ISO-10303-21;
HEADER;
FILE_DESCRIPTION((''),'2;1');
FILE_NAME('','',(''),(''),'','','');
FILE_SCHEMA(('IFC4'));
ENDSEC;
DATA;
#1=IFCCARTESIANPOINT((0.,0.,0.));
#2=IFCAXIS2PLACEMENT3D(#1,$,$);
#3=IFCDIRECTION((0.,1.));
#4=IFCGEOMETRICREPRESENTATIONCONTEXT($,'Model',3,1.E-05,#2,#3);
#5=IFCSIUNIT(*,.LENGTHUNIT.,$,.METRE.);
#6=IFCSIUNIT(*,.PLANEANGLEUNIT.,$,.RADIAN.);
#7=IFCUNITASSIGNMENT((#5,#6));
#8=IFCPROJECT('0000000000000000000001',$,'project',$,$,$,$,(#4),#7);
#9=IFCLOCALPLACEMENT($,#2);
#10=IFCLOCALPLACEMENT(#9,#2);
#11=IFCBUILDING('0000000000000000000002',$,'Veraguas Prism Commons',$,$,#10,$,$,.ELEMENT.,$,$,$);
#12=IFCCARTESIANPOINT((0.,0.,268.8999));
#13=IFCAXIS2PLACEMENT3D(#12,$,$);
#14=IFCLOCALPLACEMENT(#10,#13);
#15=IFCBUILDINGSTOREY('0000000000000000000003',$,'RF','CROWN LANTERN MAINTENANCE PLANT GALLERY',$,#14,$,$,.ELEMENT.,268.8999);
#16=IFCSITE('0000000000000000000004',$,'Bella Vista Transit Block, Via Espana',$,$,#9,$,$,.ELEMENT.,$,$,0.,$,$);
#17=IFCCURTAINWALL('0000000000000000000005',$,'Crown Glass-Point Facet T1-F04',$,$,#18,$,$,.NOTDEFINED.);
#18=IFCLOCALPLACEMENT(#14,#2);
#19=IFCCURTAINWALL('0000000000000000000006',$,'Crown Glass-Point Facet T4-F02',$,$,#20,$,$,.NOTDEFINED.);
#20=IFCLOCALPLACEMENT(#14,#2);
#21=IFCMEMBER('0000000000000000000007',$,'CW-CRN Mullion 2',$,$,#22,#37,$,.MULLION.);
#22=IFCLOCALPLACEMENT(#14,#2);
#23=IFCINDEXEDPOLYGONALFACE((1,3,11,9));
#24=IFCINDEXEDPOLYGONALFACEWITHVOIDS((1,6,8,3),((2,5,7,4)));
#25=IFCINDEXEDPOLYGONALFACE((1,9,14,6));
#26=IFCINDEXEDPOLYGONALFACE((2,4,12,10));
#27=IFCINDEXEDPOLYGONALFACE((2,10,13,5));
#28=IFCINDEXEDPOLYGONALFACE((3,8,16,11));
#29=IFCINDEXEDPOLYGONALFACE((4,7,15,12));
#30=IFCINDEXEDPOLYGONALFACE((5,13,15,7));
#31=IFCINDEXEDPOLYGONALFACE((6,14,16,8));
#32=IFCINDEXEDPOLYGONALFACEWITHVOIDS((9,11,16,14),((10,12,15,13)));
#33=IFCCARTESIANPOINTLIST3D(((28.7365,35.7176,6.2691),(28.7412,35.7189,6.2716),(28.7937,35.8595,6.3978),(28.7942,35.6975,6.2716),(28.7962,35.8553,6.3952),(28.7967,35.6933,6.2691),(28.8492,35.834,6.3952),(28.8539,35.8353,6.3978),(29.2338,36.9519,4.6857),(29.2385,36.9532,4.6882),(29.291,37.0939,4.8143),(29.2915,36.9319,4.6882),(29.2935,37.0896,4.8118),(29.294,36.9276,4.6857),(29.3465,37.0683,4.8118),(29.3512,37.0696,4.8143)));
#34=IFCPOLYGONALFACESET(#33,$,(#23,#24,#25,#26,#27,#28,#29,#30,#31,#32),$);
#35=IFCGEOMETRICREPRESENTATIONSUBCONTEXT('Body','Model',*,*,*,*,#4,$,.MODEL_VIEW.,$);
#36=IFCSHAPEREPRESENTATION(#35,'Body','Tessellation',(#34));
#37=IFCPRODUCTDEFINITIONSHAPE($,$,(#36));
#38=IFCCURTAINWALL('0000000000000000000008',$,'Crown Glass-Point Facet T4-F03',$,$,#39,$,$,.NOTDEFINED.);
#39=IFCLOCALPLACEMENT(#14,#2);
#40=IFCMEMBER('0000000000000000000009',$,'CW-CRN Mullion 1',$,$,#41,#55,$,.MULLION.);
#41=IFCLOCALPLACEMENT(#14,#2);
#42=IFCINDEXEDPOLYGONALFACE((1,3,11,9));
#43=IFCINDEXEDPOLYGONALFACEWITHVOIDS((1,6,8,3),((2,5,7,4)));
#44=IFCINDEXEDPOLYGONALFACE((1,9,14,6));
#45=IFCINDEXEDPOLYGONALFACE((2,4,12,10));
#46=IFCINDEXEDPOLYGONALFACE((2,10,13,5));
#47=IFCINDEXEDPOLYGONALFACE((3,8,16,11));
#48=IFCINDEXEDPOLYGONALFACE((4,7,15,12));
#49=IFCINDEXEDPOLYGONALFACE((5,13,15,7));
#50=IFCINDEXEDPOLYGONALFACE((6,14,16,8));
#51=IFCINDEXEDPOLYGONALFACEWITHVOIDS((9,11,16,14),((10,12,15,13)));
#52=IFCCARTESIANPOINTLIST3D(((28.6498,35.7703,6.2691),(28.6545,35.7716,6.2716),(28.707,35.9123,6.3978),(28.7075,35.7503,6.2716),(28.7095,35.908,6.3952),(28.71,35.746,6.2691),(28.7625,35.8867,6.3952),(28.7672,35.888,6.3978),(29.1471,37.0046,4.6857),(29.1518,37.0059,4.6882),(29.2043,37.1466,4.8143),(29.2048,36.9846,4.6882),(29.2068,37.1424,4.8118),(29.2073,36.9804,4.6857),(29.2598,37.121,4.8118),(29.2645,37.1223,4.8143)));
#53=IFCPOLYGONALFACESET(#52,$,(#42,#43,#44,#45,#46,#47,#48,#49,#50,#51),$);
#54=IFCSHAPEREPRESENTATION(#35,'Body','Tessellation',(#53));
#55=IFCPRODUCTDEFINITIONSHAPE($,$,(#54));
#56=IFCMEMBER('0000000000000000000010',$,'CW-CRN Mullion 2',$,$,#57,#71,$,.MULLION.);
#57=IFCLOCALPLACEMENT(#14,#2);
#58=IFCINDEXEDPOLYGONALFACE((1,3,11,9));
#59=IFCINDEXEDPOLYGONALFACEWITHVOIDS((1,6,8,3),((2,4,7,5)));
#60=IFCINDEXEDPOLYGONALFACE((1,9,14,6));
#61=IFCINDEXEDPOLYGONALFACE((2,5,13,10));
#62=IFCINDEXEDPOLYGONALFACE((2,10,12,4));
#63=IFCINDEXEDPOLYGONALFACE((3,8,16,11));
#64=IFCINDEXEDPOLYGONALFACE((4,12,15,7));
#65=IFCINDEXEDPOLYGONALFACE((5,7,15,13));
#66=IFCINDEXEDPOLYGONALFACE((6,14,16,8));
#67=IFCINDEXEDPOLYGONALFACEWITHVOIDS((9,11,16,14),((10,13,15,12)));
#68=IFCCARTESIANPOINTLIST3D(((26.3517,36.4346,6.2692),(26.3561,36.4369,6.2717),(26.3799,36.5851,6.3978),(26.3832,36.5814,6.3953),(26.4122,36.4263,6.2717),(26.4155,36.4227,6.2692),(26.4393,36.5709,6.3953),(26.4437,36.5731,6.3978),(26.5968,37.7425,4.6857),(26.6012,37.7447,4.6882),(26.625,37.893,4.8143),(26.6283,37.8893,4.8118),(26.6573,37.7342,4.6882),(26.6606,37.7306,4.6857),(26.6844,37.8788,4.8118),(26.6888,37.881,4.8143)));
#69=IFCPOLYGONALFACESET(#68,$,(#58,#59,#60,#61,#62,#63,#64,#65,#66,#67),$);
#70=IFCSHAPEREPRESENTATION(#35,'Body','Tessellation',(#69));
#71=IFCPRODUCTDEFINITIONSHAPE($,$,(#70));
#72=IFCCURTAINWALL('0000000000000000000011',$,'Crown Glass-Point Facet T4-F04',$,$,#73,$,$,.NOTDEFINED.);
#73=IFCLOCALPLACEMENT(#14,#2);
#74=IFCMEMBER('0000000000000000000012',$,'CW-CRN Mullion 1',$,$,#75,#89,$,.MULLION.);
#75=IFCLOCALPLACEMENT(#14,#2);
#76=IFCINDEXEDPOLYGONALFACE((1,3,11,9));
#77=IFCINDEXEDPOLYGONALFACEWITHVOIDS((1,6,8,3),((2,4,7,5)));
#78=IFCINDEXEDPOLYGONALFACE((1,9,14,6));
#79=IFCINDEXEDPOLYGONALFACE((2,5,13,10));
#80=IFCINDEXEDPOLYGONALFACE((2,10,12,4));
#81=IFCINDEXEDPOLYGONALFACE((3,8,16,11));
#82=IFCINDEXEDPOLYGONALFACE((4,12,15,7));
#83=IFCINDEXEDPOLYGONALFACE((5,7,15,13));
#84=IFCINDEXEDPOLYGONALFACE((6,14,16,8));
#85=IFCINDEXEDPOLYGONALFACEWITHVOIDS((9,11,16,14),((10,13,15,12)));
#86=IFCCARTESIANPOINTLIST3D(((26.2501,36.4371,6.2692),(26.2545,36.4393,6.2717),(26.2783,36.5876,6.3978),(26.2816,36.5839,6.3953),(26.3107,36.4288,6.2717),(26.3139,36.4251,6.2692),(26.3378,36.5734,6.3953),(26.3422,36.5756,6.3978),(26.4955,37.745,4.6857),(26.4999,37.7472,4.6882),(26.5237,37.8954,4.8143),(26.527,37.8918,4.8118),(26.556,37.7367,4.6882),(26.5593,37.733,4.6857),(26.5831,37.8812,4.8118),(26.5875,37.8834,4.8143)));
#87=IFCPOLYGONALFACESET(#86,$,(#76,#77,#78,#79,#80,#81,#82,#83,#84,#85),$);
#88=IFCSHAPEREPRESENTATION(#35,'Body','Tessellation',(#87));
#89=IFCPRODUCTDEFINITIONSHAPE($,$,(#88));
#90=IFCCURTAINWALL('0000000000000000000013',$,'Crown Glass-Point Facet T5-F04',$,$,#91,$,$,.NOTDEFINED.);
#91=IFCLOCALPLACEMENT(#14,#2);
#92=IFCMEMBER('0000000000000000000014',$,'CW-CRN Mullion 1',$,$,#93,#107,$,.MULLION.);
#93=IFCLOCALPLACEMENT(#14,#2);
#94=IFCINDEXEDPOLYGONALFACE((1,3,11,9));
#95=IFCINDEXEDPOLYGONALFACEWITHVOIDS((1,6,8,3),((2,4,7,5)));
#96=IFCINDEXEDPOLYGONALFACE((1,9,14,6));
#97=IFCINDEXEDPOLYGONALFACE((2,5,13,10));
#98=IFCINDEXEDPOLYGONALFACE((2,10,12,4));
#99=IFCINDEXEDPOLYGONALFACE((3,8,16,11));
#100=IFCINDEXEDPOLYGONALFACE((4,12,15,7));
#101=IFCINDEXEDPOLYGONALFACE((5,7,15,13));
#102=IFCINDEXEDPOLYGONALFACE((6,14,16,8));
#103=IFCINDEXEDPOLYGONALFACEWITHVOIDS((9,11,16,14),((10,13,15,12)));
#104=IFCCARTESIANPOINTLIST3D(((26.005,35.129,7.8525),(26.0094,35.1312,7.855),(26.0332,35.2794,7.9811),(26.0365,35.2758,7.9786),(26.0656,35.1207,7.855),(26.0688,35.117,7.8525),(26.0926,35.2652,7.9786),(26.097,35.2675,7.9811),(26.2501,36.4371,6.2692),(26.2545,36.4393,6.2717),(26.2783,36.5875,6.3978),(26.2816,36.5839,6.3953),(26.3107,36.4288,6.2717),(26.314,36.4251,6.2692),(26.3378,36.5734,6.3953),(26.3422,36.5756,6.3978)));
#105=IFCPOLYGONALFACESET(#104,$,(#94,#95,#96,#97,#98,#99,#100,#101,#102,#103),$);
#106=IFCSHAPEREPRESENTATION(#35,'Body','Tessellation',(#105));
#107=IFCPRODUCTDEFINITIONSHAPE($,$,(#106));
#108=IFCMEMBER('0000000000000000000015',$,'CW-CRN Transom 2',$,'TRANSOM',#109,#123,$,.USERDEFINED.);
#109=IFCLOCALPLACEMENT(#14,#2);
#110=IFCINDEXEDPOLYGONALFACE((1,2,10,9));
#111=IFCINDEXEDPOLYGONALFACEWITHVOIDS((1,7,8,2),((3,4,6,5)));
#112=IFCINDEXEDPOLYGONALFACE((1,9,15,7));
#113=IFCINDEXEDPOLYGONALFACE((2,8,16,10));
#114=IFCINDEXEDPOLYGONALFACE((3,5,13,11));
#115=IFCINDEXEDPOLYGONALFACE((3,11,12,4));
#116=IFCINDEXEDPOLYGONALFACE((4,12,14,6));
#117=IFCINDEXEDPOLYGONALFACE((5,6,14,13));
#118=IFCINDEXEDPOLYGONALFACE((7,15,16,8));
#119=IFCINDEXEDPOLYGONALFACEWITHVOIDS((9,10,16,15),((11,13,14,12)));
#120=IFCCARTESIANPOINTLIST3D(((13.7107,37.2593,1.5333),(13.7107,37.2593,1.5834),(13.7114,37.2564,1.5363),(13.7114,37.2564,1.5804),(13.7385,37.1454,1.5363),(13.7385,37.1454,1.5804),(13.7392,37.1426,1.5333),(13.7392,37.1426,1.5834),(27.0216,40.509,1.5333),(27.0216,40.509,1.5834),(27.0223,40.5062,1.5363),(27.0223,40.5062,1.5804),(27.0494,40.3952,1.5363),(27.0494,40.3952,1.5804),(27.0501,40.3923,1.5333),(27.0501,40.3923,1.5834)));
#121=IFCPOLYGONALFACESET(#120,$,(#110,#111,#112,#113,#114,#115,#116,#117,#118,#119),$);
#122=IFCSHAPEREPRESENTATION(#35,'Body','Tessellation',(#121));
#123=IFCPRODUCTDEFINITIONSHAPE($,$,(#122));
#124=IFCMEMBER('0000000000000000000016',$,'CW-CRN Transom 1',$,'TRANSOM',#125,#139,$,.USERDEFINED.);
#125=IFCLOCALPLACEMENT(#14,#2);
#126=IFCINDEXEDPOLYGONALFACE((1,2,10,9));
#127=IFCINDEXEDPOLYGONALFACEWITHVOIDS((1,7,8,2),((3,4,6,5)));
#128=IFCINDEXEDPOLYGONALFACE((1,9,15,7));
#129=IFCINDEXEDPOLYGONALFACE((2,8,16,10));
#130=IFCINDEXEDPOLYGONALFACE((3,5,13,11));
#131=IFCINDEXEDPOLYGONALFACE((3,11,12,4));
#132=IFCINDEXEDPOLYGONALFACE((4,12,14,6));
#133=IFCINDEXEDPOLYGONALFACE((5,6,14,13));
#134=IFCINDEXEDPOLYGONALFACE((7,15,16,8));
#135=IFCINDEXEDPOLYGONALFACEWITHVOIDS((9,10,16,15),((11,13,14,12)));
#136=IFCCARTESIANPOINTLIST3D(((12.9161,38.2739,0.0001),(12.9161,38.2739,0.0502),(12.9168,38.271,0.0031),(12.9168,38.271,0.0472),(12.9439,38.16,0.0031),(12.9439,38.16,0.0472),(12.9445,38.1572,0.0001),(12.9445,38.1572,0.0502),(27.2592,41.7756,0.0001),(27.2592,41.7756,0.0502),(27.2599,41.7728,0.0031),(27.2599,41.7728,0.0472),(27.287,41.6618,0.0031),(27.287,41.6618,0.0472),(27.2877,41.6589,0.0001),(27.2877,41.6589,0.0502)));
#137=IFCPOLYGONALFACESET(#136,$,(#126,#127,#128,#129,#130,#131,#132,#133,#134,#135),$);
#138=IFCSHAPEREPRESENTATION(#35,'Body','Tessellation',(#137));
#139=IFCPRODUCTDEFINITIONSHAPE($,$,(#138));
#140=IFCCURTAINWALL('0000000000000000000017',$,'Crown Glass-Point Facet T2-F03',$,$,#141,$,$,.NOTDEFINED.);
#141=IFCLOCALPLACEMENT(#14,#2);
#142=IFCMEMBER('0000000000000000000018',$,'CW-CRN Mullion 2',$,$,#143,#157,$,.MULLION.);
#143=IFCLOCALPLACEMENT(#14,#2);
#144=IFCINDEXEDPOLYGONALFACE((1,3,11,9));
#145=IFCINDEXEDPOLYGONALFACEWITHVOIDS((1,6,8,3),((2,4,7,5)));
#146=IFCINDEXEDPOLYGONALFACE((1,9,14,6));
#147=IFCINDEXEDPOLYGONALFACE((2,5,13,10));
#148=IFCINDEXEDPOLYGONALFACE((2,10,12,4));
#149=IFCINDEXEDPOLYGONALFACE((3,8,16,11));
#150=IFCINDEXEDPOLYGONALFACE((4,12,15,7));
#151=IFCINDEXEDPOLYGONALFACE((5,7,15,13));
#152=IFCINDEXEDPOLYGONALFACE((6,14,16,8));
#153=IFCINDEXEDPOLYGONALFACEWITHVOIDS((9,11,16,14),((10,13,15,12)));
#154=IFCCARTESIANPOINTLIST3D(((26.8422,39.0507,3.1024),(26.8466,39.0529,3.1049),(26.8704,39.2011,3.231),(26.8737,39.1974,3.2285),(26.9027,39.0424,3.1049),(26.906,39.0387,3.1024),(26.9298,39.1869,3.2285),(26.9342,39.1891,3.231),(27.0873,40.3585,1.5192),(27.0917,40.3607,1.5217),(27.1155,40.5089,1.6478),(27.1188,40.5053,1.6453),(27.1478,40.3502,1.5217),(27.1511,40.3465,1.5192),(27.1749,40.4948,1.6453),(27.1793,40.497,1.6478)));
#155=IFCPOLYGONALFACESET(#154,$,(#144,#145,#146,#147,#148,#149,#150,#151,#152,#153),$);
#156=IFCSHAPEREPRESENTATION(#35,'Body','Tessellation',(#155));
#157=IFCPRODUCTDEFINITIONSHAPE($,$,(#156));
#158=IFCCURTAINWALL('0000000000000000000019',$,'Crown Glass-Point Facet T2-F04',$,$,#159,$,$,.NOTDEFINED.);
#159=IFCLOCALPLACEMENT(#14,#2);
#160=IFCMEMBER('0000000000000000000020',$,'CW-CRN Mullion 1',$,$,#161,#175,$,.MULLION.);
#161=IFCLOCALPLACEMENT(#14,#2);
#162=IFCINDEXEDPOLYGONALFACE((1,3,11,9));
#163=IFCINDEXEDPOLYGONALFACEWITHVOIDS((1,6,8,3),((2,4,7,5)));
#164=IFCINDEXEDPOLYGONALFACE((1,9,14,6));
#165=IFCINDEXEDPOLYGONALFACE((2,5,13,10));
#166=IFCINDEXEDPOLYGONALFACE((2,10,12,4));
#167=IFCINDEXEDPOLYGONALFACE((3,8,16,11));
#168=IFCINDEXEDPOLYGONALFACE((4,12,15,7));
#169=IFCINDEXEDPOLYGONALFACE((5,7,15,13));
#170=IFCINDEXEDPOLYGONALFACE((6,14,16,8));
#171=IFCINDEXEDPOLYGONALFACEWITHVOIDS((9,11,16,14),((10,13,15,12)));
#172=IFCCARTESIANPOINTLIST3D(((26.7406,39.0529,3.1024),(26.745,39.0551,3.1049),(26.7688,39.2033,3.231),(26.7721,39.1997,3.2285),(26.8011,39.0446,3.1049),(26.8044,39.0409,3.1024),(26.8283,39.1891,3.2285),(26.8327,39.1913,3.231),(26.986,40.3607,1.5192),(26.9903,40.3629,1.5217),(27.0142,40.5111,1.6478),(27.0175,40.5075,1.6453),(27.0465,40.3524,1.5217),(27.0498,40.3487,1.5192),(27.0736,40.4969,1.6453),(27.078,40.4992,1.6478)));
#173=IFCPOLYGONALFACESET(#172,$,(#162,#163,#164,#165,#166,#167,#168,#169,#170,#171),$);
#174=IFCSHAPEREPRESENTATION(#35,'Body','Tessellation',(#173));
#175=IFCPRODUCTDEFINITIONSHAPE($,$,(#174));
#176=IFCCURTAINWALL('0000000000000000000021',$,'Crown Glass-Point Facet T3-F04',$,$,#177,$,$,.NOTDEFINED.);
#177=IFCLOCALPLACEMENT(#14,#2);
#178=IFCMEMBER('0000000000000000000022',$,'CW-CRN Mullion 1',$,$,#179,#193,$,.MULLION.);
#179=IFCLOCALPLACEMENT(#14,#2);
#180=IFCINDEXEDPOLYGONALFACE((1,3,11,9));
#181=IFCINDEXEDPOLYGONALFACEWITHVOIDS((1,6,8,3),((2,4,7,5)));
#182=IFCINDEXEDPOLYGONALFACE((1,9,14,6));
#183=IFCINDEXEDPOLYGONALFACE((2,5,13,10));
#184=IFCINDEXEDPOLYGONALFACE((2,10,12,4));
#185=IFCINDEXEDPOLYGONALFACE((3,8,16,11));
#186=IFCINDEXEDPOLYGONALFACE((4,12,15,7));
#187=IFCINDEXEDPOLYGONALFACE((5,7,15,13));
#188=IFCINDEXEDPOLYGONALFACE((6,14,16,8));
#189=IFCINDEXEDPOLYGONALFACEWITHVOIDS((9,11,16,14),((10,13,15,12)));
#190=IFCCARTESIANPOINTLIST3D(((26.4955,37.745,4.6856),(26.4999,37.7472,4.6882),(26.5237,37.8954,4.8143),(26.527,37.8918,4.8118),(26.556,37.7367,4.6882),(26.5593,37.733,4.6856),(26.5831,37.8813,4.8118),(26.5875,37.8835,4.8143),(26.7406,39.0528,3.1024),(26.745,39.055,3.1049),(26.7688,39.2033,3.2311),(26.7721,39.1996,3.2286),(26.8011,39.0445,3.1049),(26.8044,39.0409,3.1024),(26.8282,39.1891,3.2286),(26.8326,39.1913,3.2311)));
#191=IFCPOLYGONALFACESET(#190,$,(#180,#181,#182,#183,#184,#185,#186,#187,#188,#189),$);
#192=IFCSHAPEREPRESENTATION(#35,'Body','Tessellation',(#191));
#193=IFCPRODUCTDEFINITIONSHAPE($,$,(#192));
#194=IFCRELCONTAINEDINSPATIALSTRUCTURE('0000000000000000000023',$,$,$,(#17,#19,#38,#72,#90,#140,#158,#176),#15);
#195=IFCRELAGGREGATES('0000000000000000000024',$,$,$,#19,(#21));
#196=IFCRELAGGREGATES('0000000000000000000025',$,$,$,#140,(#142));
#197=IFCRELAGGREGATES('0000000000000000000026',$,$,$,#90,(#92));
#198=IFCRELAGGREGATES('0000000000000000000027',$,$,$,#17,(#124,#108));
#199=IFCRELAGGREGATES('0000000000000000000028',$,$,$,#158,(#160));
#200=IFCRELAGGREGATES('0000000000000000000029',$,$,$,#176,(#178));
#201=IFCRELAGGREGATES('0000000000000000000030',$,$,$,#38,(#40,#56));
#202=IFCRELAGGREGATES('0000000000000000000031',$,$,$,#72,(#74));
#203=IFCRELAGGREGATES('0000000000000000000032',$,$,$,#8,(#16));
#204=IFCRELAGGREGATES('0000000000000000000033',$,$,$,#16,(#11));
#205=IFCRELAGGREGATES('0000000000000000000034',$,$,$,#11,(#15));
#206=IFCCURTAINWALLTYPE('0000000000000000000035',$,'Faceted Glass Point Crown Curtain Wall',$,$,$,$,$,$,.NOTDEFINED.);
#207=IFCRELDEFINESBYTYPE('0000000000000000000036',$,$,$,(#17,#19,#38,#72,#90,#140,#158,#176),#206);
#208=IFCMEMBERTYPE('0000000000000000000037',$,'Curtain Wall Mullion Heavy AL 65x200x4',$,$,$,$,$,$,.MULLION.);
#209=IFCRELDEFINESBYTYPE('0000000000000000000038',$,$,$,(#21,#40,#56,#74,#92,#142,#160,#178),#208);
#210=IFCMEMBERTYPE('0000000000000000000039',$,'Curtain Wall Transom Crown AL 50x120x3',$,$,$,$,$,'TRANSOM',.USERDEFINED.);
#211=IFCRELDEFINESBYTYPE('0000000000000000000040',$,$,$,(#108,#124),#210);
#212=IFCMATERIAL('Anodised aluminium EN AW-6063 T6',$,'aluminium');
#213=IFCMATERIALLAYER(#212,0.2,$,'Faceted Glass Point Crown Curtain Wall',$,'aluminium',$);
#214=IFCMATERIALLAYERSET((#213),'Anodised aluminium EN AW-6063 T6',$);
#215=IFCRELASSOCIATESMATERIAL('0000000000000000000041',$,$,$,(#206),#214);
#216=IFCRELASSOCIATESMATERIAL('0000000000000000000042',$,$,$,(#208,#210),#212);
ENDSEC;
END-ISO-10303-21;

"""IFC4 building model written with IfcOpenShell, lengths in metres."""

from ifc_helpers import new_model, si_unit, direction, frame, origin, origin_2d, place, context, subcontext, project, spatial, hollow_rectangle, extrude, source, transform, mapped, material, layer, layer_set, material_profile, profile_set, type_object, element, aggregate, save


model = new_model("IFC4")

# Units and contexts
model_context = context("Model", 3, precision=1e-05, world=origin(), true_north=direction((0.0, 1.0)))
body_context = subcontext(model_context, "Body", "Model", "MODEL_VIEW")
ifc_project = project(units=[si_unit("LENGTHUNIT", "METRE"), si_unit("PLANEANGLEUNIT", "RADIAN")], contexts=[model_context])

# Site, building, storey
site_placement = place(None, origin())
site = spatial("IfcSite", under=ifc_project, at=site_placement, Name="Bella Vista Transit Block, Via Espana", CompositionType="ELEMENT", RefElevation=0.0)
building_placement = place(site_placement, origin())
building = spatial("IfcBuilding", under=site, at=building_placement, Name="Veraguas Prism Commons", CompositionType="ELEMENT")
storey_placement = place(building_placement, frame((0.0, 0.0, 268.8999)))
storey = spatial("IfcBuildingStorey", under=building, at=storey_placement, Name="RF", Description="CROWN LANTERN MAINTENANCE PLANT GALLERY", CompositionType="ELEMENT", Elevation=268.8999)

# Curtain walls, member
ifc_material_1 = material(Name="Anodised aluminium EN AW-6063 T6", Category="aluminium")
ifc_layer_1 = layer(ifc_material_1, 0.2, Name="Faceted Glass Point Crown Curtain Wall", Category="aluminium")
ifc_layer_set_1 = layer_set([ifc_layer_1], Name="Anodised aluminium EN AW-6063 T6")
curtain_wall_type = type_object("IfcCurtainWallType", Name="Faceted Glass Point Crown Curtain Wall", PredefinedType="NOTDEFINED", material=ifc_layer_set_1)
ifc_material_profile_1 = material_profile(ifc_material_1, hollow_rectangle(XDim=0.0649, YDim=0.2, WallThickness=0.0039, at=origin_2d()), Name="AL65X200X4")
ifc_profile_set_1 = profile_set([ifc_material_profile_1], Name="Anodised aluminium EN AW-6063 T6")
member_type_1 = type_object("IfcMemberType", Name="Curtain Wall Mullion Heavy AL 65x200x4", PredefinedType="MULLION", material=ifc_profile_set_1)
shared_shape_1 = source(origin(), body_context, "Body", "SweptSolid", [
    extrude(hollow_rectangle(XDim=0.0649, YDim=0.2, WallThickness=0.0039, at=origin_2d()), origin(), (0.0, 0.0, 1.0), 2.0684),
])
curtain_wall_1_placement = place(storey_placement, origin())
curtain_wall_1 = element("IfcCurtainWall", 1, at=curtain_wall_1_placement, inside=storey, type_object=curtain_wall_type, Name="Crown Glass-Point Facet T1-F04", PredefinedType="NOTDEFINED")
curtain_wall_2_placement = place(storey_placement, origin())
curtain_wall_2 = element("IfcCurtainWall", 2, at=curtain_wall_2_placement, inside=storey, type_object=curtain_wall_type, Name="Crown Glass-Point Facet T4-F02", PredefinedType="NOTDEFINED")
member_1_placement = place(storey_placement, frame((29.2925, 37.0107, 4.75), z_axis=(-0.240429, -0.596765, 0.765549), x_axis=(0.92755, -0.373699, 0.0)))
member_1 = element("IfcMember", 3, at=member_1_placement, type_object=member_type_1, Name="CW-CRN Mullion 2", PredefinedType="MULLION", context=body_context, shape_type="MappedRepresentation", body=[
    mapped(shared_shape_1, transform((0.0, 0.0, 0.0), scale=1.0)),
])
aggregate(curtain_wall_2, [member_1])

# Curtain wall, members
curtain_wall_3_placement = place(storey_placement, origin())
curtain_wall_3 = element("IfcCurtainWall", 4, at=curtain_wall_3_placement, inside=storey, type_object=curtain_wall_type, Name="Crown Glass-Point Facet T4-F03", PredefinedType="NOTDEFINED")
member_2_placement = place(storey_placement, frame((29.2058, 37.0635, 4.75), z_axis=(-0.240429, -0.596765, 0.765549), x_axis=(0.92755, -0.373699, 0.0)))
member_2 = element("IfcMember", 5, at=member_2_placement, type_object=member_type_1, Name="CW-CRN Mullion 1", PredefinedType="MULLION", context=body_context, shape_type="MappedRepresentation", body=[
    mapped(shared_shape_1, transform((0.0, 0.0, 0.0), scale=1.0)),
])
member_3_placement = place(storey_placement, frame((26.6428, 37.8118, 4.75), z_axis=(-0.118509, -0.632323, 0.765587), x_axis=(0.982887, -0.184211, 0.0)))
member_3 = element("IfcMember", 6, at=member_3_placement, type_object=member_type_1, Name="CW-CRN Mullion 2", PredefinedType="MULLION", context=body_context, shape_type="MappedRepresentation", body=[
    mapped(shared_shape_1, transform((0.0, 0.0, 0.0), scale=1.0)),
])

# Curtain walls, members
curtain_wall_4_placement = place(storey_placement, origin())
curtain_wall_4 = element("IfcCurtainWall", 7, at=curtain_wall_4_placement, inside=storey, type_object=curtain_wall_type, Name="Crown Glass-Point Facet T4-F04", PredefinedType="NOTDEFINED")
member_4_placement = place(storey_placement, frame((26.5415, 37.8142, 4.75), z_axis=(-0.118625, -0.632314, 0.765576), x_axis=(0.982853, -0.184388, 0.0)))
member_4 = element("IfcMember", 8, at=member_4_placement, type_object=member_type_1, Name="CW-CRN Mullion 1", PredefinedType="MULLION", context=body_context, shape_type="MappedRepresentation", body=[
    mapped(shared_shape_1, transform((0.0, 0.0, 0.0), scale=1.0)),
])
curtain_wall_5_placement = place(storey_placement, origin())
curtain_wall_5 = element("IfcCurtainWall", 9, at=curtain_wall_5_placement, inside=storey, type_object=curtain_wall_type, Name="Crown Glass-Point Facet T5-F04", PredefinedType="NOTDEFINED")
member_5_placement = place(storey_placement, frame((26.2961, 36.5063, 6.3335), z_axis=(-0.118511, -0.632451, 0.765481), x_axis=(0.982893, -0.184178, 0.0)))
member_5 = element("IfcMember", 10, at=member_5_placement, type_object=member_type_1, Name="CW-CRN Mullion 1", PredefinedType="MULLION", context=body_context, shape_type="MappedRepresentation", body=[
    mapped(shared_shape_1, transform((0.0, 0.0, 0.0), scale=1.0)),
])

# Members
ifc_material_profile_2 = material_profile(ifc_material_1, hollow_rectangle(XDim=0.05, YDim=0.1201, WallThickness=0.0029, at=origin_2d()), Name="AL50X120X3")
ifc_profile_set_2 = profile_set([ifc_material_profile_2], Name="Anodised aluminium EN AW-6063 T6")
member_type_2 = type_object("IfcMemberType", Name="Curtain Wall Transom Crown AL 50x120x3", ElementType="TRANSOM", PredefinedType="USERDEFINED", material=ifc_profile_set_2)
shared_shape_2 = source(origin(), body_context, "Body", "SweptSolid", [
    extrude(hollow_rectangle(XDim=0.05, YDim=0.1201, WallThickness=0.0029, at=origin_2d()), origin(), (0.0, 0.0, 1.0), 13.7019),
])
member_6_placement = place(storey_placement, frame((27.0359, 40.4507, 1.5583), z_axis=(-0.971467, -0.237174, 0.0), x_axis=(0.0, 0.0, 1.0)))
member_6 = element("IfcMember", 11, at=member_6_placement, type_object=member_type_2, Name="CW-CRN Transom 2", ObjectType="TRANSOM", PredefinedType="USERDEFINED", context=body_context, shape_type="MappedRepresentation", body=[
    mapped(shared_shape_2, transform((0.0, 0.0, 0.0), scale=1.0)),
])
shared_shape_3 = source(origin(), body_context, "Body", "SweptSolid", [
    extrude(hollow_rectangle(XDim=0.05, YDim=0.1201, WallThickness=0.0029, at=origin_2d()), origin(), (0.0, 0.0, 1.0), 14.7644),
])
member_7_placement = place(storey_placement, frame((27.2734, 41.7173, 0.0251), z_axis=(-0.971467, -0.237174, 0.0), x_axis=(0.0, 0.0, 1.0)))
member_7 = element("IfcMember", 12, at=member_7_placement, type_object=member_type_2, Name="CW-CRN Transom 1", ObjectType="TRANSOM", PredefinedType="USERDEFINED", context=body_context, shape_type="MappedRepresentation", body=[
    mapped(shared_shape_3, transform((0.0, 0.0, 0.0), scale=1.0)),
])

# Curtain walls, members
curtain_wall_6_placement = place(storey_placement, origin())
curtain_wall_6 = element("IfcCurtainWall", 13, at=curtain_wall_6_placement, inside=storey, type_object=curtain_wall_type, Name="Crown Glass-Point Facet T2-F03", PredefinedType="NOTDEFINED")
shared_shape_4 = source(origin(), body_context, "Body", "SweptSolid", [
    extrude(hollow_rectangle(XDim=0.0649, YDim=0.2, WallThickness=0.0039, at=origin_2d()), origin(), (0.0, 0.0, 1.0), 2.0681),
])
member_8_placement = place(storey_placement, frame((27.1333, 40.4277, 1.5835), z_axis=(-0.11852, -0.63238, 0.765538), x_axis=(0.982887, -0.184211, 0.0)))
member_8 = element("IfcMember", 14, at=member_8_placement, type_object=member_type_1, Name="CW-CRN Mullion 2", PredefinedType="MULLION", context=body_context, shape_type="MappedRepresentation", body=[
    mapped(shared_shape_4, transform((0.0, 0.0, 0.0), scale=1.0)),
])
aggregate(curtain_wall_6, [member_8])
curtain_wall_7_placement = place(storey_placement, origin())
curtain_wall_7 = element("IfcCurtainWall", 15, at=curtain_wall_7_placement, inside=storey, type_object=curtain_wall_type, Name="Crown Glass-Point Facet T2-F04", PredefinedType="NOTDEFINED")
member_9_placement = place(storey_placement, frame((27.032, 40.4299, 1.5835), z_axis=(-0.118636, -0.632371, 0.765527), x_axis=(0.982853, -0.184388, 0.0)))
member_9 = element("IfcMember", 16, at=member_9_placement, type_object=member_type_1, Name="CW-CRN Mullion 1", PredefinedType="MULLION", context=body_context, shape_type="MappedRepresentation", body=[
    mapped(shared_shape_4, transform((0.0, 0.0, 0.0), scale=1.0)),
])
curtain_wall_8_placement = place(storey_placement, origin())
curtain_wall_8 = element("IfcCurtainWall", 17, at=curtain_wall_8_placement, inside=storey, type_object=curtain_wall_type, Name="Crown Glass-Point Facet T3-F04", PredefinedType="NOTDEFINED")
member_10_placement = place(storey_placement, frame((26.7866, 39.1221, 3.1667), z_axis=(-0.11852, -0.63238, 0.765538), x_axis=(0.982887, -0.184211, 0.0)))
member_10 = element("IfcMember", 18, at=member_10_placement, type_object=member_type_1, Name="CW-CRN Mullion 1", PredefinedType="MULLION", context=body_context, shape_type="MappedRepresentation", body=[
    mapped(shared_shape_4, transform((0.0, 0.0, 0.0), scale=1.0)),
])

aggregate(curtain_wall_5, [member_5])

aggregate(curtain_wall_1, [member_7, member_6])
aggregate(curtain_wall_7, [member_9])
aggregate(curtain_wall_8, [member_10])
aggregate(curtain_wall_3, [member_2, member_3])
aggregate(curtain_wall_4, [member_4])

save(model, "model.ifc")
